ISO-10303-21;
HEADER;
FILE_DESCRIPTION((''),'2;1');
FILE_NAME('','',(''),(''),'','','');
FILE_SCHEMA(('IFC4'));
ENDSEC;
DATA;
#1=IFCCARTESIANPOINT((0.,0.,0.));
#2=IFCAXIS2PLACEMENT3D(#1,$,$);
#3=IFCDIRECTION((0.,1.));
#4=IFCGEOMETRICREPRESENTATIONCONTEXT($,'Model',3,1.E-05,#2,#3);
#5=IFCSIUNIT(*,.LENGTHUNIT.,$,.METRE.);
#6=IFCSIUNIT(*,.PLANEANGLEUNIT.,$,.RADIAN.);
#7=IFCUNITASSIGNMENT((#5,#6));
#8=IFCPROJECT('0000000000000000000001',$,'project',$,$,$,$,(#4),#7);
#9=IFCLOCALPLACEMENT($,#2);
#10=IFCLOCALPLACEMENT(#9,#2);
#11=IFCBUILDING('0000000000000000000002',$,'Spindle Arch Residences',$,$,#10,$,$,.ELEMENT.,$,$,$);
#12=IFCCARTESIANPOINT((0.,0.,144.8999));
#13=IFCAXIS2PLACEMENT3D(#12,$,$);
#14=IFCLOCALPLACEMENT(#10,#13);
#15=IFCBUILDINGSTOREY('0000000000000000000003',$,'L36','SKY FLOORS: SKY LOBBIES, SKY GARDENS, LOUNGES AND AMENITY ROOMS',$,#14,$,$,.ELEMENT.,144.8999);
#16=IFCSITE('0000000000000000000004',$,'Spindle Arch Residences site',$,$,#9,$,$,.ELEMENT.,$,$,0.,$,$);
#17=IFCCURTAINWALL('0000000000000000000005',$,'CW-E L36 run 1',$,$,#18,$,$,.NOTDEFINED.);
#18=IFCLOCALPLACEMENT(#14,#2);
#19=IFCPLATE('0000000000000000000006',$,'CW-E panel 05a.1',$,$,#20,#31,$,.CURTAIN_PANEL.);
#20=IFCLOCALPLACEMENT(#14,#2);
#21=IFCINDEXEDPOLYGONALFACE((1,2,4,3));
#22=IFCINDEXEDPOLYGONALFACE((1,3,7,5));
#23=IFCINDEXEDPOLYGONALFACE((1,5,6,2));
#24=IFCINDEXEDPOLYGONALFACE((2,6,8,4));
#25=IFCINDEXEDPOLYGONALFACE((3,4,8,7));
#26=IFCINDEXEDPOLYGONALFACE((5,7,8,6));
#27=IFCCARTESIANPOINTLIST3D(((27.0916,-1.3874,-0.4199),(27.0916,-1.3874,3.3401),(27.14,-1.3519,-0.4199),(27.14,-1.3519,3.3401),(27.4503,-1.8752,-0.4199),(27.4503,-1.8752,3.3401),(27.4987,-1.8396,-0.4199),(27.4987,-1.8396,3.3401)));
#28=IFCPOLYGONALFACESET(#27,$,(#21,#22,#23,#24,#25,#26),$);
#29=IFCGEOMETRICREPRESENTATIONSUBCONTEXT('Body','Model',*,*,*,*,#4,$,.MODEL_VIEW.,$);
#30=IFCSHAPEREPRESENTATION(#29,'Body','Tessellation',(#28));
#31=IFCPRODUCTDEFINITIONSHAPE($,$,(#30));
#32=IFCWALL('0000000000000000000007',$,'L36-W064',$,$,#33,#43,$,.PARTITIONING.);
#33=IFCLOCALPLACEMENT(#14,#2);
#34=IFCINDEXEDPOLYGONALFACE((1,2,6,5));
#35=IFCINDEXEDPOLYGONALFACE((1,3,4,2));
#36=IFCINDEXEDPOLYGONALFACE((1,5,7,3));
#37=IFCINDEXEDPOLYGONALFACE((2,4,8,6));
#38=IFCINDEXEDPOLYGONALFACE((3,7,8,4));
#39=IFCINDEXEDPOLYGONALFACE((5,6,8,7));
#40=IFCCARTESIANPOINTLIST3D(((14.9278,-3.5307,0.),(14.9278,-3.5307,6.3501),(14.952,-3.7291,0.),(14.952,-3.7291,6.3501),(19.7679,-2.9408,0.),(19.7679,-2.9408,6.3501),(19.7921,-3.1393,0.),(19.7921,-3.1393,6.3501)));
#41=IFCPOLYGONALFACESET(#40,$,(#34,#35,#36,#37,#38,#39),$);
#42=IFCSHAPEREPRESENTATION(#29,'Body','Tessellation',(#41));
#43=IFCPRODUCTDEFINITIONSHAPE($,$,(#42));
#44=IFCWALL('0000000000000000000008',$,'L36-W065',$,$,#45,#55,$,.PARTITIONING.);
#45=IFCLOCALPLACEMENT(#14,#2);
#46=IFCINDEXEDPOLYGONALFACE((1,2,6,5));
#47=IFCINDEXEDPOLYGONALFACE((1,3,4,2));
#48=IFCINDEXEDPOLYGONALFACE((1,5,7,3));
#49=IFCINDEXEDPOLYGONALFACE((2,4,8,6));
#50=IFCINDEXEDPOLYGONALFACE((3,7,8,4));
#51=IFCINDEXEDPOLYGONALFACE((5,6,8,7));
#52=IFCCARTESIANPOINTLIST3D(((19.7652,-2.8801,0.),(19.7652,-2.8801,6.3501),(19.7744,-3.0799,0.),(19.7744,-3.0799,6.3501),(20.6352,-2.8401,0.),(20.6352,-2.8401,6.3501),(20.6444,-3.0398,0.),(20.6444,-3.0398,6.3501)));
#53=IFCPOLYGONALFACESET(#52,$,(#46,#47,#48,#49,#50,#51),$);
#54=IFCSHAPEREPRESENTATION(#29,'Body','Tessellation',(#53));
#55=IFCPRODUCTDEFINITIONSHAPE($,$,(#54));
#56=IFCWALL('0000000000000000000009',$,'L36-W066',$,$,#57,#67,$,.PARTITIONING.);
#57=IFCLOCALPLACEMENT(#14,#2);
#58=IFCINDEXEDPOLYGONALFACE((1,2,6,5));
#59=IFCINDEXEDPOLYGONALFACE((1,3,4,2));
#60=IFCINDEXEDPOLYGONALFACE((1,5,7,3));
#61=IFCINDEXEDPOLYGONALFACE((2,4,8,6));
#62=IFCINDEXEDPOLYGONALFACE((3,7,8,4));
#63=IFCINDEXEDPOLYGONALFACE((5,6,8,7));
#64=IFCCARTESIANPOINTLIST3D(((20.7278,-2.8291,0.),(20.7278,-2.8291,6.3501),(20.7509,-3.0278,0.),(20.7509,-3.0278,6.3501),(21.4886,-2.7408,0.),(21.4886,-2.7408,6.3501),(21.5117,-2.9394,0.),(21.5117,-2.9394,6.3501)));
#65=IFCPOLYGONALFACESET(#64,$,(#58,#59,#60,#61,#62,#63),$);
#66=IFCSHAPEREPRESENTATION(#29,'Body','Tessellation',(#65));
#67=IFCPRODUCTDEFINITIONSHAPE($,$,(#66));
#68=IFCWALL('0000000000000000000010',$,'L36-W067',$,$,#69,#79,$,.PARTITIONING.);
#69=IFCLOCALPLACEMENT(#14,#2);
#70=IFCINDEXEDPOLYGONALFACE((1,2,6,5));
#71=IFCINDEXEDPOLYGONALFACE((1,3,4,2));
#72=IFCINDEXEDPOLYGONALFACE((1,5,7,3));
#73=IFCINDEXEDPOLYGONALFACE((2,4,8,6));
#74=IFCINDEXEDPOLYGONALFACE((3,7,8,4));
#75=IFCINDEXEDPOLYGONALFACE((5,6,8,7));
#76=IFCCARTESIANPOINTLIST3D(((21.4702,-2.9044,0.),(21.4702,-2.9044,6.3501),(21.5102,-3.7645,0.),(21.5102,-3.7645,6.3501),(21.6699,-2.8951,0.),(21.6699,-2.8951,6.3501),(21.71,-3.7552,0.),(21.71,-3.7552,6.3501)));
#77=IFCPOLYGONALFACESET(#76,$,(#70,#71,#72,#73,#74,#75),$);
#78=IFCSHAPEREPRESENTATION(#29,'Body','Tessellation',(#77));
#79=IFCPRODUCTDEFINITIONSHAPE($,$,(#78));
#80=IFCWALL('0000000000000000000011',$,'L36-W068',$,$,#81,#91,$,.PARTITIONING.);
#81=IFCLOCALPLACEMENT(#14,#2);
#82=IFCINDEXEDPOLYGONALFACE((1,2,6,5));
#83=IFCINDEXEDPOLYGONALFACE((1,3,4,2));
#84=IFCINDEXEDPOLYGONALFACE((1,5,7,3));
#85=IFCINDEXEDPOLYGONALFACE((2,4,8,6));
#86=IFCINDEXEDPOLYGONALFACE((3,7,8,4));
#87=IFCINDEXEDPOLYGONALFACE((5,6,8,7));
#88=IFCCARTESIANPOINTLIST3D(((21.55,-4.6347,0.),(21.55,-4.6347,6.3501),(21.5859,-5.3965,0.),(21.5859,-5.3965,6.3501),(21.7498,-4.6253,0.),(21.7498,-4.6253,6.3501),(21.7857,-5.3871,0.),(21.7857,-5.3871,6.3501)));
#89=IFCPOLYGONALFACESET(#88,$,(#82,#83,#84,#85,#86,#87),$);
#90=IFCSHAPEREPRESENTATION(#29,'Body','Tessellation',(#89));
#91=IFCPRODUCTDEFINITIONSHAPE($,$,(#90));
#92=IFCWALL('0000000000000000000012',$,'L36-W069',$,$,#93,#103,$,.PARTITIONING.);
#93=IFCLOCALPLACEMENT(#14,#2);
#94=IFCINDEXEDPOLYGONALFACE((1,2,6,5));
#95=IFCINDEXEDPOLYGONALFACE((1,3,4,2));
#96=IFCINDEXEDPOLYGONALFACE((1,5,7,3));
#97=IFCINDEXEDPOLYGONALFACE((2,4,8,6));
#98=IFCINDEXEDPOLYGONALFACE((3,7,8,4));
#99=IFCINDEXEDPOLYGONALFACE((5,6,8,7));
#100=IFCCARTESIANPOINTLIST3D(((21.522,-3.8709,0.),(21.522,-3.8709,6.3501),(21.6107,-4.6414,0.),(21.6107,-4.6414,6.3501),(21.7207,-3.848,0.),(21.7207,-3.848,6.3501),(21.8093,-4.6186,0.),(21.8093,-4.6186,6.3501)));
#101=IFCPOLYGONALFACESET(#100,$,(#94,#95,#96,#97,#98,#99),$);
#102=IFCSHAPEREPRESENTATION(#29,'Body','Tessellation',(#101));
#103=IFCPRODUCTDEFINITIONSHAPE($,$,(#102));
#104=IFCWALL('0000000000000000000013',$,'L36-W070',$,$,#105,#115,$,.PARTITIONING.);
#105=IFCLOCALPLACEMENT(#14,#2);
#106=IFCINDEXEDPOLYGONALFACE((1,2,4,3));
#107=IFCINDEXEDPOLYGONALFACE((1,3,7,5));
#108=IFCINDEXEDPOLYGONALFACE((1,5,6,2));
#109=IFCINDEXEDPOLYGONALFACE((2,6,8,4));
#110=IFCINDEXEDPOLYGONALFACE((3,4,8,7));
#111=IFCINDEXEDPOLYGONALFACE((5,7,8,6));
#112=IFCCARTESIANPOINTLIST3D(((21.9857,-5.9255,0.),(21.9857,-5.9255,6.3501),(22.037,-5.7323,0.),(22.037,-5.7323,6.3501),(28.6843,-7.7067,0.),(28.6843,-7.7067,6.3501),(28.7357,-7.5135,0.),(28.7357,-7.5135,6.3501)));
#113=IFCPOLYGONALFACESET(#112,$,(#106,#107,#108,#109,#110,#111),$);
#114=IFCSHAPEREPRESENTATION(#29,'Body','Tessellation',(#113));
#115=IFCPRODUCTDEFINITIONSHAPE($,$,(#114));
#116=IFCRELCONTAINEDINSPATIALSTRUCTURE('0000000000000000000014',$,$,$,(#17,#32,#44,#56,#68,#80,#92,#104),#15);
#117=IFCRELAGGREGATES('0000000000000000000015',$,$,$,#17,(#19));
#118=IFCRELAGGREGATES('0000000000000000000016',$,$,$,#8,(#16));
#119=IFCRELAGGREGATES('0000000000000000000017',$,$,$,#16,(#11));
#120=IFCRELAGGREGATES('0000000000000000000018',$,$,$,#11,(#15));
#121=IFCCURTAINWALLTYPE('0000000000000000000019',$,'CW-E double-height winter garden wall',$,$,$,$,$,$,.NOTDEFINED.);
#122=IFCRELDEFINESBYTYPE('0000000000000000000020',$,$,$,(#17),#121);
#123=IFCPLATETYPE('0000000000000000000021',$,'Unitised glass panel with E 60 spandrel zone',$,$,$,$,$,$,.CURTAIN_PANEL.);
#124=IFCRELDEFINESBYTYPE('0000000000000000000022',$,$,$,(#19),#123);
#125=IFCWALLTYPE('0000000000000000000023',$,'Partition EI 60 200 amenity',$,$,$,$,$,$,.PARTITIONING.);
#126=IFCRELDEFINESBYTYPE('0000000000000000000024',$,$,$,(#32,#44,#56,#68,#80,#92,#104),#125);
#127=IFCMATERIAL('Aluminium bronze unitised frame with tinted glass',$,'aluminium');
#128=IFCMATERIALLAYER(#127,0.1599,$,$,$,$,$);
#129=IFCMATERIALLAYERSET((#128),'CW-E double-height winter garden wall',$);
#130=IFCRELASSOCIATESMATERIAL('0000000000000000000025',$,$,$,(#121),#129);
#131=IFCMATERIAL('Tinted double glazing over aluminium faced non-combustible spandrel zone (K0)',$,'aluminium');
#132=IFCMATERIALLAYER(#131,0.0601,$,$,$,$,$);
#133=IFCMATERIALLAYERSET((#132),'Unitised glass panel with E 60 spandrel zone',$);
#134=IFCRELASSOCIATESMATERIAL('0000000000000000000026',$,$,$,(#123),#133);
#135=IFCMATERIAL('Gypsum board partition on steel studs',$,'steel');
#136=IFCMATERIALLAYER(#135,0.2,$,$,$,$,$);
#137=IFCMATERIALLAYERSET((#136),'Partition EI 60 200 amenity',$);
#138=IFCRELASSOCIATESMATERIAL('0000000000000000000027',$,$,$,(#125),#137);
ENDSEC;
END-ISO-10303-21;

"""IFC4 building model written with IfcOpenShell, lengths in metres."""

from ifc_helpers import new_model, si_unit, direction, frame, frame_2d, origin, origin_2d, place, context, subcontext, project, spatial, rectangle, extrude, material, layer, layer_set, type_object, element, aggregate, save


model = new_model("IFC4")

# Units and contexts
model_context = context("Model", 3, precision=1e-05, world=origin(), true_north=direction((0.0, 1.0)))
body_context = subcontext(model_context, "Body", "Model", "MODEL_VIEW")
ifc_project = project(units=[si_unit("LENGTHUNIT", "METRE"), si_unit("PLANEANGLEUNIT", "RADIAN")], contexts=[model_context])

# Site, building, storey
site_placement = place(None, origin())
site = spatial("IfcSite", under=ifc_project, at=site_placement, Name="Spindle Arch Residences site", CompositionType="ELEMENT", RefElevation=0.0)
building_placement = place(site_placement, origin())
building = spatial("IfcBuilding", under=site, at=building_placement, Name="Spindle Arch Residences", CompositionType="ELEMENT")
storey_placement = place(building_placement, frame((0.0, 0.0, 144.8999)))
storey = spatial("IfcBuildingStorey", under=building, at=storey_placement, Name="L36", Description="SKY FLOORS: SKY LOBBIES, SKY GARDENS, LOUNGES AND AMENITY ROOMS", CompositionType="ELEMENT", Elevation=144.8999)

# Curtain wall
ifc_material_1 = material(Name="Aluminium bronze unitised frame with tinted glass", Category="aluminium")
ifc_layer_1 = layer(ifc_material_1, 0.1599)
ifc_layer_set_1 = layer_set([ifc_layer_1], Name="CW-E double-height winter garden wall")
curtain_wall_type = type_object("IfcCurtainWallType", Name="CW-E double-height winter garden wall", PredefinedType="NOTDEFINED", material=ifc_layer_set_1)
curtain_wall_placement = place(storey_placement, origin())
curtain_wall = element("IfcCurtainWall", 1, at=curtain_wall_placement, inside=storey, type_object=curtain_wall_type, Name="CW-E L36 run 1", PredefinedType="NOTDEFINED")

# Plate
ifc_material_2 = material(Name="Tinted double glazing over aluminium faced non-combustible spandrel zone (K0)", Category="aluminium")
ifc_layer_2 = layer(ifc_material_2, 0.0601)
ifc_layer_set_2 = layer_set([ifc_layer_2], Name="Unitised glass panel with E 60 spandrel zone")
plate_type = type_object("IfcPlateType", Name="Unitised glass panel with E 60 spandrel zone", PredefinedType="CURTAIN_PANEL", material=ifc_layer_set_2)
plate_placement = place(storey_placement, frame((27.2952, -1.6135, -0.4199), z_axis=(0.0, 0.0, 1.0), x_axis=(-0.592482, 0.805584, 0.0)))
plate = element("IfcPlate", 2, at=plate_placement, type_object=plate_type, Name="CW-E panel 05a.1", PredefinedType="CURTAIN_PANEL", context=body_context, shape_type="SweptSolid", body=[
    extrude(rectangle(XDim=0.6055, YDim=0.0601, at=origin_2d()), origin(), (0.0, 0.0, 1.0), 3.76),
])
aggregate(curtain_wall, [plate])

# Walls
ifc_material_3 = material(Name="Gypsum board partition on steel studs", Category="steel")
ifc_layer_3 = layer(ifc_material_3, 0.2)
ifc_layer_set_3 = layer_set([ifc_layer_3], Name="Partition EI 60 200 amenity")
wall_type = type_object("IfcWallType", Name="Partition EI 60 200 amenity", PredefinedType="PARTITIONING", material=ifc_layer_set_3)
wall_1_placement = place(storey_placement, frame((19.78, -3.04, 0.0), z_axis=(0.0, 0.0, 1.0), x_axis=(-0.992656, -0.120971, 0.0)))
element("IfcWall", 3, at=wall_1_placement, inside=storey, type_object=wall_type, Name="L36-W064", PredefinedType="PARTITIONING", context=body_context, shape_type="SweptSolid", body=[
    extrude(rectangle(XDim=4.876, YDim=0.2, at=frame_2d((2.438, 0.0))), origin(), (0.0, 0.0, 1.0), 6.3501),
])
wall_2_placement = place(storey_placement, frame((20.6399, -2.9399, 0.0), z_axis=(0.0, 0.0, 1.0), x_axis=(-0.998942, -0.04598, 0.0)))
element("IfcWall", 4, at=wall_2_placement, inside=storey, type_object=wall_type, Name="L36-W065", PredefinedType="PARTITIONING", context=body_context, shape_type="SweptSolid", body=[
    extrude(rectangle(XDim=0.8708, YDim=0.2, at=frame_2d((0.4355, 0.0))), origin(), (0.0, 0.0, 1.0), 6.3501),
])
wall_3_placement = place(storey_placement, frame((21.5, -2.8401, 0.0), z_axis=(0.0, 0.0, 1.0), x_axis=(-0.993319, -0.115398, 0.0)))
element("IfcWall", 5, at=wall_3_placement, inside=storey, type_object=wall_type, Name="L36-W066", PredefinedType="PARTITIONING", context=body_context, shape_type="SweptSolid", body=[
    extrude(rectangle(XDim=0.7659, YDim=0.2, at=frame_2d((0.3828, 0.0))), origin(), (0.0, 0.0, 1.0), 6.3501),
])
wall_4_placement = place(storey_placement, frame((21.6101, -3.76, 0.0), z_axis=(0.0, 0.0, 1.0), x_axis=(-0.046501, 0.998918, 0.0)))
element("IfcWall", 6, at=wall_4_placement, inside=storey, type_object=wall_type, Name="L36-W067", PredefinedType="PARTITIONING", context=body_context, shape_type="SweptSolid", body=[
    extrude(rectangle(XDim=0.8611, YDim=0.2, at=frame_2d((0.4307, 0.0))), origin(), (0.0, 0.0, 1.0), 6.3501),
])
wall_5_placement = place(storey_placement, frame((21.6858, -5.3918, 0.0), z_axis=(0.0, 0.0, 1.0), x_axis=(-0.047048, 0.998893, 0.0)))
element("IfcWall", 7, at=wall_5_placement, inside=storey, type_object=wall_type, Name="L36-W068", PredefinedType="PARTITIONING", context=body_context, shape_type="SweptSolid", body=[
    extrude(rectangle(XDim=0.7627, YDim=0.2, at=frame_2d((0.3813, 0.0))), origin(), (0.0, 0.0, 1.0), 6.3501),
])
wall_6_placement = place(storey_placement, frame((21.71, -4.6299, 0.0), z_axis=(0.0, 0.0, 1.0), x_axis=(-0.114266, 0.99345, 0.0)))
element("IfcWall", 8, at=wall_6_placement, inside=storey, type_object=wall_type, Name="L36-W069", PredefinedType="PARTITIONING", context=body_context, shape_type="SweptSolid", body=[
    extrude(rectangle(XDim=0.7756, YDim=0.2, at=frame_2d((0.3877, 0.0))), origin(), (0.0, 0.0, 1.0), 6.3501),
])
wall_7_placement = place(storey_placement, frame((22.0112, -5.8289, 0.0), z_axis=(0.0, 0.0, 1.0), x_axis=(0.966417, -0.256979, 0.0)))
element("IfcWall", 9, at=wall_7_placement, inside=storey, type_object=wall_type, Name="L36-W070", PredefinedType="PARTITIONING", context=body_context, shape_type="SweptSolid", body=[
    extrude(rectangle(XDim=6.9314, YDim=0.2, at=frame_2d((3.4658, 0.0))), origin(), (0.0, 0.0, 1.0), 6.3501),
])

save(model, "model.ifc")
